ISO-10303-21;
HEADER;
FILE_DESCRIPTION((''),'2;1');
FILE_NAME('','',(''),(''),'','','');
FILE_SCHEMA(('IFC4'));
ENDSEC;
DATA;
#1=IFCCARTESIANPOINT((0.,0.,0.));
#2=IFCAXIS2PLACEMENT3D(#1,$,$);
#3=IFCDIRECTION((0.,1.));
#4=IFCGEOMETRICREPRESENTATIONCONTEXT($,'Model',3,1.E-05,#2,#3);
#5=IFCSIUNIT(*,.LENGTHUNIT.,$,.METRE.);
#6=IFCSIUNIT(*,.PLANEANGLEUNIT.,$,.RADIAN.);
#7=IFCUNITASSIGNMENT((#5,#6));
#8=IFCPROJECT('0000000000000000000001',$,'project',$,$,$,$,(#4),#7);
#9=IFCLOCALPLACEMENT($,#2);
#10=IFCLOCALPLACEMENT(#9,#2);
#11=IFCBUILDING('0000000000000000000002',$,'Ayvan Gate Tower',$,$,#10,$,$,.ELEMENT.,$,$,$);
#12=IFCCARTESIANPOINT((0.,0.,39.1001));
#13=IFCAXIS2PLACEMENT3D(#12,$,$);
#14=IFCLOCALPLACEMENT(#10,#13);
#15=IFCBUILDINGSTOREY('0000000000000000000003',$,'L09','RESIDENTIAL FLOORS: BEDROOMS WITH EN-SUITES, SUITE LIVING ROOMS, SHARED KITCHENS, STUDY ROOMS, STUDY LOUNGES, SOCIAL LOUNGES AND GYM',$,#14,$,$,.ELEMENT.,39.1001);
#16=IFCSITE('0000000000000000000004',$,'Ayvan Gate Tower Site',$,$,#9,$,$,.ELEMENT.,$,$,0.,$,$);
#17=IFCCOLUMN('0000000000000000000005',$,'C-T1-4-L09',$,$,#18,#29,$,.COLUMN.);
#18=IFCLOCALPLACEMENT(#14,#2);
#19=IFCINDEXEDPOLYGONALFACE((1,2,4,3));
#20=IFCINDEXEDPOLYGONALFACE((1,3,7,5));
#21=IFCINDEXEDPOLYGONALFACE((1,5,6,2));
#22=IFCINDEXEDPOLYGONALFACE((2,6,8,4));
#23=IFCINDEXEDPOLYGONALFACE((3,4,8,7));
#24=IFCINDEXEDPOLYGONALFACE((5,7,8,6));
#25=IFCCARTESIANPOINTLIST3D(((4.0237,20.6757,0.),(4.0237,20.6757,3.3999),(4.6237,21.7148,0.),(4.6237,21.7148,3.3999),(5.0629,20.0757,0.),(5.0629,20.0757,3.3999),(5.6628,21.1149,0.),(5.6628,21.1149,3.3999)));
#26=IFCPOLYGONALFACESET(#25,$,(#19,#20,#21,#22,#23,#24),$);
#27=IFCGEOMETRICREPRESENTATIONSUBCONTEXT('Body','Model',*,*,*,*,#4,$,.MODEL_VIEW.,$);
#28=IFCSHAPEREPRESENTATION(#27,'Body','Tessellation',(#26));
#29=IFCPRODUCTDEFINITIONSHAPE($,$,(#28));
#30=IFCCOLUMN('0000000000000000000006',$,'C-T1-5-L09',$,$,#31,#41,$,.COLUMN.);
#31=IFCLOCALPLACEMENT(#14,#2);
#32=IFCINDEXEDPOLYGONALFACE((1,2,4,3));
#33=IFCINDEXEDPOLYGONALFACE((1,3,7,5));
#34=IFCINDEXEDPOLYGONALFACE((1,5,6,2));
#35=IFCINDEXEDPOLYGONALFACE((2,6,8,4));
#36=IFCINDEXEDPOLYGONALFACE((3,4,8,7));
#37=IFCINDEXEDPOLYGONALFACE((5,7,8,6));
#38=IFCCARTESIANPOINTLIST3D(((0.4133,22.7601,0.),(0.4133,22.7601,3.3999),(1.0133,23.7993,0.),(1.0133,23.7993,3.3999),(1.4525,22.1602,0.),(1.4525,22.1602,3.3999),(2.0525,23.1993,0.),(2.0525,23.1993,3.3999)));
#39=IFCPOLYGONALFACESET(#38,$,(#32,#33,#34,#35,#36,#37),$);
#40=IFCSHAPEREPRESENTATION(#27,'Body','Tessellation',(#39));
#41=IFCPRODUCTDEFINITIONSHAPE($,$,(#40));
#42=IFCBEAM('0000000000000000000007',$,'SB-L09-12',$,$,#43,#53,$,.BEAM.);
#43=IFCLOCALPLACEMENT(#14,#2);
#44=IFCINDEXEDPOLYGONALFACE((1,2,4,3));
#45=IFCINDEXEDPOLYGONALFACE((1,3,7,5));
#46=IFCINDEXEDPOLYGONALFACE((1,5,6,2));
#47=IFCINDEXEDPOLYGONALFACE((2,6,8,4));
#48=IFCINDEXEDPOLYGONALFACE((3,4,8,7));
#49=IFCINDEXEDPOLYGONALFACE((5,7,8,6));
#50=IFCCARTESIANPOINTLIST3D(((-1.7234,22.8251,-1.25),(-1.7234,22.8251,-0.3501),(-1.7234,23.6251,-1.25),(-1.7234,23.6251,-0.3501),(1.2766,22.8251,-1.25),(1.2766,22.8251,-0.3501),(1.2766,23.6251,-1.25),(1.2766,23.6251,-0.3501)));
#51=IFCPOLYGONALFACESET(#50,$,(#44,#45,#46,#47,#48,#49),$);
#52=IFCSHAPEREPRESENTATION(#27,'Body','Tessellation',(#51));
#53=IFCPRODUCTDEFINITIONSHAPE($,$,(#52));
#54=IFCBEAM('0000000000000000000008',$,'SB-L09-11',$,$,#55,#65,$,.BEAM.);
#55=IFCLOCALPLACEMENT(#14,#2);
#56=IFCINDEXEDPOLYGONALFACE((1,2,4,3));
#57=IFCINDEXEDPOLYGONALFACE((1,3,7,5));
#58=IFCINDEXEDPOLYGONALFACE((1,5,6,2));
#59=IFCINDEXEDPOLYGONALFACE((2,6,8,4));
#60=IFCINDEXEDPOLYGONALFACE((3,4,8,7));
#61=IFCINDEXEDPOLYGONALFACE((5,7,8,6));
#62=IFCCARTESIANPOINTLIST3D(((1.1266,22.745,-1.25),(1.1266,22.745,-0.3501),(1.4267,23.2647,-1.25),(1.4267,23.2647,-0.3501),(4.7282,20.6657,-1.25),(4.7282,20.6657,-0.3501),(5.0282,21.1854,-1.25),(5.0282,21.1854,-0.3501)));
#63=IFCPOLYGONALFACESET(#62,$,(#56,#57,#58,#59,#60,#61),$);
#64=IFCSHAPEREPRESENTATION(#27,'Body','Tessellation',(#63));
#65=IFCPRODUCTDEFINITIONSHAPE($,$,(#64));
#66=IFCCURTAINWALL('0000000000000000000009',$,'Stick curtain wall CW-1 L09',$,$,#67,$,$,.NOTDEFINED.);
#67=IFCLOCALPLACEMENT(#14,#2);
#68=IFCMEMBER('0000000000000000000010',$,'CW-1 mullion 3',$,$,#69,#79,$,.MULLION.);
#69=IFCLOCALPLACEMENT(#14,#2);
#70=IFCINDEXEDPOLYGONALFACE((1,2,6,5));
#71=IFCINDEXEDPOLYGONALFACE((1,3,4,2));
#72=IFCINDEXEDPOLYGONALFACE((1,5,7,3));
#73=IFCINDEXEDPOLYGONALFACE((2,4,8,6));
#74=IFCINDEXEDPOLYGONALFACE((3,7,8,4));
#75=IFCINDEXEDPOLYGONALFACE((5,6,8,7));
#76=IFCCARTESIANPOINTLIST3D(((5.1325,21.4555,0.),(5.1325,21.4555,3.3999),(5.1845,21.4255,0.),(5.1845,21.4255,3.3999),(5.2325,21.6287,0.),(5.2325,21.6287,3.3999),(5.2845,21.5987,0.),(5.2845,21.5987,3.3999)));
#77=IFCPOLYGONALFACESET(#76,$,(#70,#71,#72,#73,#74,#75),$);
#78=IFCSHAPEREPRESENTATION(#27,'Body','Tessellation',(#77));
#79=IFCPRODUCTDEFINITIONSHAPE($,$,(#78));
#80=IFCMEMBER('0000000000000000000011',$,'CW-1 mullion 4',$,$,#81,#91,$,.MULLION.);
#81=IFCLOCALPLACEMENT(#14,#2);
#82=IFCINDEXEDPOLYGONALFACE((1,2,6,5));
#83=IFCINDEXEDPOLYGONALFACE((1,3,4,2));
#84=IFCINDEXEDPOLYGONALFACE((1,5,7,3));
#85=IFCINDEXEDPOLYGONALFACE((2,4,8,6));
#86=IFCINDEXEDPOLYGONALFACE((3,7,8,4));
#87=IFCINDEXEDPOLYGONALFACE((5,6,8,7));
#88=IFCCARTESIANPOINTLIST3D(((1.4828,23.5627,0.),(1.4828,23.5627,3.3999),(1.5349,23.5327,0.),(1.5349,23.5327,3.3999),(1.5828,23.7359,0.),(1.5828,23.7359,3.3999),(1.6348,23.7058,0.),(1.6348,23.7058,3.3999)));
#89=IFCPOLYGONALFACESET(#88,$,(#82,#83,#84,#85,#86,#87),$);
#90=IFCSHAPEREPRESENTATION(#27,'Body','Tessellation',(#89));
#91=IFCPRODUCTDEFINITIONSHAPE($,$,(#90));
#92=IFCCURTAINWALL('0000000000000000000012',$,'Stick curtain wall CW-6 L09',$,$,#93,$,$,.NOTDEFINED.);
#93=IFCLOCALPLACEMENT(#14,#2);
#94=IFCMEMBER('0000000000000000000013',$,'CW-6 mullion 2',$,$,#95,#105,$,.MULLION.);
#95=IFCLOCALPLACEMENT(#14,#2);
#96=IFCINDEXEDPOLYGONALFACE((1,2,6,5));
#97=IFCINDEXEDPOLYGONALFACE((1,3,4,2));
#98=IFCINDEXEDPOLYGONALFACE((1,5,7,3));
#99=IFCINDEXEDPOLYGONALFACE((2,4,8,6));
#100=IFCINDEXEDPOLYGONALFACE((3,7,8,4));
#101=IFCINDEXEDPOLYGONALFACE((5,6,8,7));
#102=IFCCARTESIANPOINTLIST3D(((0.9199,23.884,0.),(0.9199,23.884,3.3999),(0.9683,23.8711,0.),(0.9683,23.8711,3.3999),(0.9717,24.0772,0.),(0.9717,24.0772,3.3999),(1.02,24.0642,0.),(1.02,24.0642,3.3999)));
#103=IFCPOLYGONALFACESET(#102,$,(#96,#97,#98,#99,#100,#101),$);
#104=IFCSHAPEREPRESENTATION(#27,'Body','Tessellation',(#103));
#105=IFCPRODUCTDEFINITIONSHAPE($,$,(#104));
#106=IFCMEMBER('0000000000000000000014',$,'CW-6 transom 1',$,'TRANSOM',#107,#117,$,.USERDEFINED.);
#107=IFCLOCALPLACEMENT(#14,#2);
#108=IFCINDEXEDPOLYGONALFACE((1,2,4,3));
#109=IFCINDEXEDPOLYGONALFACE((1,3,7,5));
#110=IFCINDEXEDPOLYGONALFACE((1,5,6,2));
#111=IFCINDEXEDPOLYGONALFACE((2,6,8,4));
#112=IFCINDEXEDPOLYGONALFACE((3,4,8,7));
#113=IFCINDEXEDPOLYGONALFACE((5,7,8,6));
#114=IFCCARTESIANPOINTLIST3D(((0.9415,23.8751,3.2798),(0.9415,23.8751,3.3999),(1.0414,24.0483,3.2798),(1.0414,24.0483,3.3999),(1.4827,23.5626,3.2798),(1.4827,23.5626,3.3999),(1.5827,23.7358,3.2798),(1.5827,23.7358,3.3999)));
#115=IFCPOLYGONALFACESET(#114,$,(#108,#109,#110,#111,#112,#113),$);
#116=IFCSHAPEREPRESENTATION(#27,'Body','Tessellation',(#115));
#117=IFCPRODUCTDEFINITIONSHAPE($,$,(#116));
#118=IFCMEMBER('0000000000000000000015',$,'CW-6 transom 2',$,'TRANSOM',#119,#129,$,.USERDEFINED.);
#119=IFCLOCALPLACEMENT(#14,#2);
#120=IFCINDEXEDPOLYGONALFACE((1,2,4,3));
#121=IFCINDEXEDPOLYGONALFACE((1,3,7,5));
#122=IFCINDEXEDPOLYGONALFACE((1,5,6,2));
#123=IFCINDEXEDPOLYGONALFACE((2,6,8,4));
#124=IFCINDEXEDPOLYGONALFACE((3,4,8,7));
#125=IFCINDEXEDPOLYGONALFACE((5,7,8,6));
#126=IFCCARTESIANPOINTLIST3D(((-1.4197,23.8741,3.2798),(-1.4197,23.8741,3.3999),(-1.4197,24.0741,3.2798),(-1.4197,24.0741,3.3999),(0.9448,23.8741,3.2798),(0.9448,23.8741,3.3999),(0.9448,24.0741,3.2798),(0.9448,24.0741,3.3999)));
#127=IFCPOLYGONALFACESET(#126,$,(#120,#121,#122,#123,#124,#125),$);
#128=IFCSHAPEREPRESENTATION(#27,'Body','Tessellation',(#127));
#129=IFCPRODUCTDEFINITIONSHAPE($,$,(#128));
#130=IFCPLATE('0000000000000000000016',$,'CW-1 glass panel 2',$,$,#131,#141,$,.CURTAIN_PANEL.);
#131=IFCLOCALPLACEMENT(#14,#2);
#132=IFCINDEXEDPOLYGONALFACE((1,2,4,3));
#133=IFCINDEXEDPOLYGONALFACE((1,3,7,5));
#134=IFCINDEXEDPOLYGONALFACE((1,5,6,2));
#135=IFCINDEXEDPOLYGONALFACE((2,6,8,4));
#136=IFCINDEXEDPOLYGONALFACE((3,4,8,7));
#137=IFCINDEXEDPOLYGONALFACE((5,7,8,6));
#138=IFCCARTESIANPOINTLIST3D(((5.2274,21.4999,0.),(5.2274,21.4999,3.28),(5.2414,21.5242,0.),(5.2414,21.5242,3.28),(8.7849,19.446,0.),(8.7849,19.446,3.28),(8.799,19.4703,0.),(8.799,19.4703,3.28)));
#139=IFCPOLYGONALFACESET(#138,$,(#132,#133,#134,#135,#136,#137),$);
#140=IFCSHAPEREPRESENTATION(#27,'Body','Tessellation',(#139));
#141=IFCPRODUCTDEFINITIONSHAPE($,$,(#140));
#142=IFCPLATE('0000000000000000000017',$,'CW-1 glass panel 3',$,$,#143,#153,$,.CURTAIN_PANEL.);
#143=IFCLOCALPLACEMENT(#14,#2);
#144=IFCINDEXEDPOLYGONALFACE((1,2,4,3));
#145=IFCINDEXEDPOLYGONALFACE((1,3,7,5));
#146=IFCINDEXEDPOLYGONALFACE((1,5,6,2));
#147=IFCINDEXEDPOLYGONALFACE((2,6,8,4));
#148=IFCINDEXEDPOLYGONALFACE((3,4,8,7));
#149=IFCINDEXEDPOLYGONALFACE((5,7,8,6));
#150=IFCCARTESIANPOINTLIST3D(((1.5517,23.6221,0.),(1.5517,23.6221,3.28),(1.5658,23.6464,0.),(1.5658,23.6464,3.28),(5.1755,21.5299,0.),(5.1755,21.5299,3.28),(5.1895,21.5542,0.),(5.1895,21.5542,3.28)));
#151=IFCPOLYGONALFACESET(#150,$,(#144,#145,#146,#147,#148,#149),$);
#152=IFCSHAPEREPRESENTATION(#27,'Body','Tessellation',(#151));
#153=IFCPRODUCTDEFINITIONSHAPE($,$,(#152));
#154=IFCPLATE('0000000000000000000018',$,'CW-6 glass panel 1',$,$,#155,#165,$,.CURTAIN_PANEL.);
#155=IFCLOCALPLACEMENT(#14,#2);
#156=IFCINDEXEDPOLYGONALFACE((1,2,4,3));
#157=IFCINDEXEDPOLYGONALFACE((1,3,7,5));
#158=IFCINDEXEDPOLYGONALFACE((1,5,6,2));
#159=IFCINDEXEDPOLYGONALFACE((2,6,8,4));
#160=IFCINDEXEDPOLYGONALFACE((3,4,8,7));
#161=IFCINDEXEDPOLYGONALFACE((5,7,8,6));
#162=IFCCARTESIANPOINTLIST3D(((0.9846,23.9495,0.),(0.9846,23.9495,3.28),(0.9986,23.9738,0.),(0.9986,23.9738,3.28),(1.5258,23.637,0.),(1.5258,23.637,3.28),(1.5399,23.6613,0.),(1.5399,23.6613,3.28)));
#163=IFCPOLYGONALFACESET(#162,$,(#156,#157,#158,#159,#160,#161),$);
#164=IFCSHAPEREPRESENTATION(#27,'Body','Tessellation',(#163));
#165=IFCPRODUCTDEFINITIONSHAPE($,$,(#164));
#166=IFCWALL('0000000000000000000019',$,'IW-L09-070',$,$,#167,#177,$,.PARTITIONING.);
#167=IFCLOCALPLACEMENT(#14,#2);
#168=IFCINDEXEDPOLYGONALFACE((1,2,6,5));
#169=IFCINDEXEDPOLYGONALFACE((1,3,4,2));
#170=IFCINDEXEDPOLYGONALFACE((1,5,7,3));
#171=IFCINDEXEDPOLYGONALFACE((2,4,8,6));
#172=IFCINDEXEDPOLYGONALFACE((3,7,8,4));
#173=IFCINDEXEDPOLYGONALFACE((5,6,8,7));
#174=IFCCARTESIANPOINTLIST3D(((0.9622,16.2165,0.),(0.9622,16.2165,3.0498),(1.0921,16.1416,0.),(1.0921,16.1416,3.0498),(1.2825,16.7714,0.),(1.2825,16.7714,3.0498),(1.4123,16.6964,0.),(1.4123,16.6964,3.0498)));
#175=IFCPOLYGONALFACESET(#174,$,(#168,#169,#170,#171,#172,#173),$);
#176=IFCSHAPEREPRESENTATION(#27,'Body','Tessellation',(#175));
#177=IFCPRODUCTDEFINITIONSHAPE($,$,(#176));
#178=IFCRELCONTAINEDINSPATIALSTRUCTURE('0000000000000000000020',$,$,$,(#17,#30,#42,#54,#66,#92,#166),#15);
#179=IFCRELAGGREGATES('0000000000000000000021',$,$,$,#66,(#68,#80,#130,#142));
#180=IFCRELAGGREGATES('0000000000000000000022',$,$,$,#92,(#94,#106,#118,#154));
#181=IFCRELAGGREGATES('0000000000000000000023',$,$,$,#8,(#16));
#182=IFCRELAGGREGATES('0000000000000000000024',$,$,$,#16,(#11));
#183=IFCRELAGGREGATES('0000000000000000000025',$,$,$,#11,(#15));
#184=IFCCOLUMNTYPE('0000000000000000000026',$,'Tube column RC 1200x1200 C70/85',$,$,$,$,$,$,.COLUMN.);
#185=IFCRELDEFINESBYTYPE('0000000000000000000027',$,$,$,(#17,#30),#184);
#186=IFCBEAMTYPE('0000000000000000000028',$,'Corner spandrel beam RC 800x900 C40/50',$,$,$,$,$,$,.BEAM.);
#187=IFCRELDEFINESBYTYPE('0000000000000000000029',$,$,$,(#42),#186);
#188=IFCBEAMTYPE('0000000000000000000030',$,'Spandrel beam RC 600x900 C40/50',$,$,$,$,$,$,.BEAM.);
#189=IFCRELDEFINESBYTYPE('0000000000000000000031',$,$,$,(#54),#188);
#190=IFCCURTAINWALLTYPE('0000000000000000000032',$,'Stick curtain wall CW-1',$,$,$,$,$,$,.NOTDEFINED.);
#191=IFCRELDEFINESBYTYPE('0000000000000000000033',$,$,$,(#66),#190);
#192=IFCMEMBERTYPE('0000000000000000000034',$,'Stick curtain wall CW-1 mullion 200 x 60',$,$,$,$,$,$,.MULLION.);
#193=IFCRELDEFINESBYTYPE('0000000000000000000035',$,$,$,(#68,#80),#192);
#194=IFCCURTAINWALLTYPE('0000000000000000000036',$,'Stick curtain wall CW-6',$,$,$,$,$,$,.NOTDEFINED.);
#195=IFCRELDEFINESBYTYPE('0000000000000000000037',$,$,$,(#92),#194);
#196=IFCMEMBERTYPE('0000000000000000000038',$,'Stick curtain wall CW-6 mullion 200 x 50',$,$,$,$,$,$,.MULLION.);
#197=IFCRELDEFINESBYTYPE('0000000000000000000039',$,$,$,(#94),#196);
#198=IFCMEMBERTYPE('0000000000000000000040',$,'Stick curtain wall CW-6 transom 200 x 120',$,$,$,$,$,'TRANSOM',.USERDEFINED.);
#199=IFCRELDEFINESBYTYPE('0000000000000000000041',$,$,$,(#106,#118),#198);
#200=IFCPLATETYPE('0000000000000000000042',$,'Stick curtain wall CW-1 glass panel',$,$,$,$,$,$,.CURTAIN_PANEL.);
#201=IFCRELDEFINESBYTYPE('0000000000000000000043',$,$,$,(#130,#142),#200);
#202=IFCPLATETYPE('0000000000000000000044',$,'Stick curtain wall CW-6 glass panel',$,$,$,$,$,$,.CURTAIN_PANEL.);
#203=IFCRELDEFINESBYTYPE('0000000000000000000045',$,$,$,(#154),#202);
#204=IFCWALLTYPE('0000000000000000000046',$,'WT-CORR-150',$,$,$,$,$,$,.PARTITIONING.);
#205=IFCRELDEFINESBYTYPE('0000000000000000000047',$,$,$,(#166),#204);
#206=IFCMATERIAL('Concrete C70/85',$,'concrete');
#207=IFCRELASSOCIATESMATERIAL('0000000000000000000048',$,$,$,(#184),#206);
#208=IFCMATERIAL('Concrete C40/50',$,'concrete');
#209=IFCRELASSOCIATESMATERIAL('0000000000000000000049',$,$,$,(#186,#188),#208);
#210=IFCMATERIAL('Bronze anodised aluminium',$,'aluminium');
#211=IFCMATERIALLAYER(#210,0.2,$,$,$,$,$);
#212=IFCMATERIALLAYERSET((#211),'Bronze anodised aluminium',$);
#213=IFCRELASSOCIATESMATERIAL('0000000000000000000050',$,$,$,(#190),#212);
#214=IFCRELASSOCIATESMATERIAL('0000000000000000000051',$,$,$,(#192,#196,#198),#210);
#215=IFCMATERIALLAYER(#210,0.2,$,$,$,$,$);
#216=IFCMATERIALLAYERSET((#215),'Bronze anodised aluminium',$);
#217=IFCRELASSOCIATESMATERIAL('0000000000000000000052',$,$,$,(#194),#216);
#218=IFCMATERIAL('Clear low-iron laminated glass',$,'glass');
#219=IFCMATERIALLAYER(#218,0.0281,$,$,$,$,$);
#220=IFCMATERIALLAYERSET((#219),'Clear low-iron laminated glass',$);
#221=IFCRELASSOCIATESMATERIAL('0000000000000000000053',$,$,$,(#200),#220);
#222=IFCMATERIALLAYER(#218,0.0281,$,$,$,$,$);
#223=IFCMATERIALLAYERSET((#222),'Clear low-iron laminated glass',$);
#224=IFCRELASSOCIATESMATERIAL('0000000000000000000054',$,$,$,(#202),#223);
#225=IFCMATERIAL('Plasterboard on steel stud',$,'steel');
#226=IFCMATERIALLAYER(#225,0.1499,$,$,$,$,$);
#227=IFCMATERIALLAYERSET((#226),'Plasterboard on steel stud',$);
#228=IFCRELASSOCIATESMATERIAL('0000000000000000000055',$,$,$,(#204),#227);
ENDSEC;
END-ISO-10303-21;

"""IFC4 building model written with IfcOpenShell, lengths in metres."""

from ifc_helpers import new_model, si_unit, direction, frame, frame_2d, origin, origin_2d, place, context, subcontext, project, spatial, rectangle, extrude, material, layer, layer_set, material_profile, profile_set, type_object, element, aggregate, save


model = new_model("IFC4")

# Units and contexts
model_context = context("Model", 3, precision=1e-05, world=origin(), true_north=direction((0.0, 1.0)))
body_context = subcontext(model_context, "Body", "Model", "MODEL_VIEW")
ifc_project = project(units=[si_unit("LENGTHUNIT", "METRE"), si_unit("PLANEANGLEUNIT", "RADIAN")], contexts=[model_context])

# Site, building, storey
site_placement = place(None, origin())
site = spatial("IfcSite", under=ifc_project, at=site_placement, Name="Ayvan Gate Tower Site", CompositionType="ELEMENT", RefElevation=0.0)
building_placement = place(site_placement, origin())
building = spatial("IfcBuilding", under=site, at=building_placement, Name="Ayvan Gate Tower", CompositionType="ELEMENT")
storey_placement = place(building_placement, frame((0.0, 0.0, 39.1001)))
storey = spatial("IfcBuildingStorey", under=building, at=storey_placement, Name="L09", Description="RESIDENTIAL FLOORS: BEDROOMS WITH EN-SUITES, SUITE LIVING ROOMS, SHARED KITCHENS, STUDY ROOMS, STUDY LOUNGES, SOCIAL LOUNGES AND GYM", CompositionType="ELEMENT", Elevation=39.1001)

# Columns
ifc_material_1 = material(Name="Concrete C70/85", Category="concrete")
ifc_material_profile_1 = material_profile(ifc_material_1, rectangle(XDim=1.2, YDim=1.2, at=origin_2d()), Name="RC 1200x1200")
ifc_profile_set_1 = profile_set([ifc_material_profile_1], Name="Concrete C70/85")
column_type = type_object("IfcColumnType", Name="Tube column RC 1200x1200 C70/85", PredefinedType="COLUMN", material=ifc_profile_set_1)
for number, where, z_axis, x_axis, name in (
    (1, (4.8433, 20.8953, 0.0), (0.0, 0.0, 1.0), (0.5, 0.866025, 0.0), "C-T1-4-L09"),
    (2, (1.2329, 22.9797, 0.0), (0.0, 0.0, 1.0), (0.5, 0.866025, 0.0), "C-T1-5-L09"),
):
    element("IfcColumn", number, at=place(storey_placement, frame(where, z_axis=z_axis, x_axis=x_axis)), inside=storey, type_object=column_type, Name=name, PredefinedType="COLUMN", context=body_context, shape_type="SweptSolid", body=[
        extrude(rectangle(XDim=1.2, YDim=1.2, at=origin_2d()), origin(), (0.0, 0.0, 1.0), 3.3999),
    ])

# Beams
ifc_material_2 = material(Name="Concrete C40/50", Category="concrete")
ifc_material_profile_2 = material_profile(ifc_material_2, rectangle(XDim=0.8, YDim=0.8999, at=origin_2d()), Name="RC 800x900")
ifc_profile_set_2 = profile_set([ifc_material_profile_2], Name="Concrete C40/50")
beam_type_1 = type_object("IfcBeamType", Name="Corner spandrel beam RC 800x900 C40/50", PredefinedType="BEAM", material=ifc_profile_set_2)
beam_1_placement = place(storey_placement, frame((1.2766, 23.2251, -0.8), z_axis=(-1.0, 0.0, 0.0), x_axis=(0.0, -1.0, 0.0)))
element("IfcBeam", 3, at=beam_1_placement, inside=storey, type_object=beam_type_1, Name="SB-L09-12", PredefinedType="BEAM", context=body_context, shape_type="SweptSolid", body=[
    extrude(rectangle(XDim=0.8, YDim=0.8999, at=origin_2d()), origin(), (0.0, 0.0, 1.0), 3.0),
])
ifc_material_profile_3 = material_profile(ifc_material_2, rectangle(XDim=0.6001, YDim=0.8999, at=origin_2d()), Name="RC 600x900")
ifc_profile_set_3 = profile_set([ifc_material_profile_3], Name="Concrete C40/50")
beam_type_2 = type_object("IfcBeamType", Name="Spandrel beam RC 600x900 C40/50", PredefinedType="BEAM", material=ifc_profile_set_3)
beam_2_placement = place(storey_placement, frame((4.8782, 20.9255, -0.8), z_axis=(-0.866027, 0.499997, 0.0), x_axis=(-0.499997, -0.866027, 0.0)))
element("IfcBeam", 4, at=beam_2_placement, inside=storey, type_object=beam_type_2, Name="SB-L09-11", PredefinedType="BEAM", context=body_context, shape_type="SweptSolid", body=[
    extrude(rectangle(XDim=0.6001, YDim=0.8999, at=origin_2d()), origin(), (0.0, 0.0, 1.0), 4.1587),
])

# Curtain walls, members
ifc_material_3 = material(Name="Bronze anodised aluminium", Category="aluminium")
ifc_layer_1 = layer(ifc_material_3, 0.2)
ifc_layer_set_1 = layer_set([ifc_layer_1], Name="Bronze anodised aluminium")
curtain_wall_type_1 = type_object("IfcCurtainWallType", Name="Stick curtain wall CW-1", PredefinedType="NOTDEFINED", material=ifc_layer_set_1)
curtain_wall_1_placement = place(storey_placement, origin())
curtain_wall_1 = element("IfcCurtainWall", 5, at=curtain_wall_1_placement, inside=storey, type_object=curtain_wall_type_1, Name="Stick curtain wall CW-1 L09", PredefinedType="NOTDEFINED")
ifc_material_profile_4 = material_profile(ifc_material_3, rectangle(XDim=0.2, YDim=0.0601, at=origin_2d()), Name="Stick curtain wall CW-1 mullion 200 x 60")
ifc_profile_set_4 = profile_set([ifc_material_profile_4], Name="Bronze anodised aluminium")
member_type_1 = type_object("IfcMemberType", Name="Stick curtain wall CW-1 mullion 200 x 60", PredefinedType="MULLION", material=ifc_profile_set_4)
member_1_placement = place(storey_placement, frame((5.2085, 21.5271, 0.0), z_axis=(0.0, 0.0, 1.0), x_axis=(0.5, 0.866025, 0.0)))
member_1 = element("IfcMember", 6, at=member_1_placement, type_object=member_type_1, Name="CW-1 mullion 3", PredefinedType="MULLION", context=body_context, shape_type="SweptSolid", body=[
    extrude(rectangle(XDim=0.2, YDim=0.0601, at=origin_2d()), origin(), (0.0, 0.0, 1.0), 3.3999),
])
member_2_placement = place(storey_placement, frame((1.5588, 23.6343, 0.0), z_axis=(0.0, 0.0, 1.0), x_axis=(0.5, 0.866025, 0.0)))
member_2 = element("IfcMember", 7, at=member_2_placement, type_object=member_type_1, Name="CW-1 mullion 4", PredefinedType="MULLION", context=body_context, shape_type="SweptSolid", body=[
    extrude(rectangle(XDim=0.2, YDim=0.0601, at=origin_2d()), origin(), (0.0, 0.0, 1.0), 3.3999),
])
ifc_layer_2 = layer(ifc_material_3, 0.2)
ifc_layer_set_2 = layer_set([ifc_layer_2], Name="Bronze anodised aluminium")
curtain_wall_type_2 = type_object("IfcCurtainWallType", Name="Stick curtain wall CW-6", PredefinedType="NOTDEFINED", material=ifc_layer_set_2)
curtain_wall_2_placement = place(storey_placement, origin())
curtain_wall_2 = element("IfcCurtainWall", 8, at=curtain_wall_2_placement, inside=storey, type_object=curtain_wall_type_2, Name="Stick curtain wall CW-6 L09", PredefinedType="NOTDEFINED")
ifc_material_profile_5 = material_profile(ifc_material_3, rectangle(XDim=0.2, YDim=0.05, at=origin_2d()), Name="Stick curtain wall CW-6 mullion 200 x 50")
ifc_profile_set_5 = profile_set([ifc_material_profile_5], Name="Bronze anodised aluminium")
member_type_2 = type_object("IfcMemberType", Name="Stick curtain wall CW-6 mullion 200 x 50", PredefinedType="MULLION", material=ifc_profile_set_5)
member_3_placement = place(storey_placement, frame((0.97, 23.9741, 0.0), z_axis=(0.0, 0.0, 1.0), x_axis=(0.258819, 0.965926, 0.0)))
member_3 = element("IfcMember", 9, at=member_3_placement, type_object=member_type_2, Name="CW-6 mullion 2", PredefinedType="MULLION", context=body_context, shape_type="SweptSolid", body=[
    extrude(rectangle(XDim=0.2, YDim=0.05, at=origin_2d()), origin(), (0.0, 0.0, 1.0), 3.3999),
])
ifc_material_profile_6 = material_profile(ifc_material_3, rectangle(XDim=0.2, YDim=0.1201, at=origin_2d()), Name="Stick curtain wall CW-6 transom 200 x 120")
ifc_profile_set_6 = profile_set([ifc_material_profile_6], Name="Bronze anodised aluminium")
member_type_3 = type_object("IfcMemberType", Name="Stick curtain wall CW-6 transom 200 x 120", ElementType="TRANSOM", PredefinedType="USERDEFINED", material=ifc_profile_set_6)
member_4_placement = place(storey_placement, frame((1.5327, 23.6492, 3.3398), z_axis=(-0.866023, 0.500004, 0.0), x_axis=(-0.500004, -0.866023, 0.0)))
member_4 = element("IfcMember", 10, at=member_4_placement, type_object=member_type_3, Name="CW-6 transom 1", ObjectType="TRANSOM", PredefinedType="USERDEFINED", context=body_context, shape_type="SweptSolid", body=[
    extrude(rectangle(XDim=0.2, YDim=0.1201, at=origin_2d()), origin(), (0.0, 0.0, 1.0), 0.625),
])
member_5_placement = place(storey_placement, frame((0.9448, 23.9741, 3.3398), z_axis=(-1.0, 0.0, 0.0), x_axis=(0.0, -1.0, 0.0)))
member_5 = element("IfcMember", 11, at=member_5_placement, type_object=member_type_3, Name="CW-6 transom 2", ObjectType="TRANSOM", PredefinedType="USERDEFINED", context=body_context, shape_type="SweptSolid", body=[
    extrude(rectangle(XDim=0.2, YDim=0.1201, at=origin_2d()), origin(), (0.0, 0.0, 1.0), 2.3645),
])

# Plates
ifc_material_4 = material(Name="Clear low-iron laminated glass", Category="glass")
ifc_layer_3 = layer(ifc_material_4, 0.0281)
ifc_layer_set_3 = layer_set([ifc_layer_3], Name="Clear low-iron laminated glass")
plate_type_1 = type_object("IfcPlateType", Name="Stick curtain wall CW-1 glass panel", PredefinedType="CURTAIN_PANEL", material=ifc_layer_set_3)
plate_1_placement = place(storey_placement, frame((7.0132, 20.4851, 0.0), z_axis=(0.0, 0.0, 1.0), x_axis=(-0.866025, 0.5, 0.0)))
plate_1 = element("IfcPlate", 12, at=plate_1_placement, type_object=plate_type_1, Name="CW-1 glass panel 2", PredefinedType="CURTAIN_PANEL", context=body_context, shape_type="SweptSolid", body=[
    extrude(rectangle(XDim=4.1079, YDim=0.0281, at=origin_2d()), origin(), (0.0, 0.0, 1.0), 3.28),
])
plate_2_placement = place(storey_placement, frame((3.3706, 22.5881, 0.0), z_axis=(0.0, 0.0, 1.0), x_axis=(-0.866025, 0.5, 0.0)))
plate_2 = element("IfcPlate", 13, at=plate_2_placement, type_object=plate_type_1, Name="CW-1 glass panel 3", PredefinedType="CURTAIN_PANEL", context=body_context, shape_type="SweptSolid", body=[
    extrude(rectangle(XDim=4.1843, YDim=0.0281, at=origin_2d()), origin(), (0.0, 0.0, 1.0), 3.28),
])
aggregate(curtain_wall_1, [member_1, member_2, plate_1, plate_2])
ifc_layer_4 = layer(ifc_material_4, 0.0281)
ifc_layer_set_4 = layer_set([ifc_layer_4], Name="Clear low-iron laminated glass")
plate_type_2 = type_object("IfcPlateType", Name="Stick curtain wall CW-6 glass panel", PredefinedType="CURTAIN_PANEL", material=ifc_layer_set_4)
plate_3_placement = place(storey_placement, frame((1.2622, 23.8054, 0.0), z_axis=(0.0, 0.0, 1.0), x_axis=(-0.866025, 0.5, 0.0)))
plate_3 = element("IfcPlate", 14, at=plate_3_placement, type_object=plate_type_2, Name="CW-6 glass panel 1", PredefinedType="CURTAIN_PANEL", context=body_context, shape_type="SweptSolid", body=[
    extrude(rectangle(XDim=0.625, YDim=0.0281, at=origin_2d()), origin(), (0.0, 0.0, 1.0), 3.28),
])
aggregate(curtain_wall_2, [member_3, member_4, member_5, plate_3])

# Wall
ifc_material_5 = material(Name="Plasterboard on steel stud", Category="steel")
ifc_layer_5 = layer(ifc_material_5, 0.1499)
ifc_layer_set_5 = layer_set([ifc_layer_5], Name="Plasterboard on steel stud")
wall_type_1 = type_object("IfcWallType", Name="WT-CORR-150", PredefinedType="PARTITIONING", material=ifc_layer_set_5)
wall_1_placement = place(storey_placement, frame((1.3474, 16.7339, 0.0), z_axis=(0.0, 0.0, 1.0), x_axis=(-0.499909, -0.866078, 0.0)))
element("IfcWall", 15, at=wall_1_placement, inside=storey, type_object=wall_type_1, Name="IW-L09-070", PredefinedType="PARTITIONING", context=body_context, shape_type="SweptSolid", body=[
    extrude(rectangle(XDim=0.6406, YDim=0.1499, at=frame_2d((0.3203, 0.0))), origin(), (0.0, 0.0, 1.0), 3.0498),
])

save(model, "model.ifc")
